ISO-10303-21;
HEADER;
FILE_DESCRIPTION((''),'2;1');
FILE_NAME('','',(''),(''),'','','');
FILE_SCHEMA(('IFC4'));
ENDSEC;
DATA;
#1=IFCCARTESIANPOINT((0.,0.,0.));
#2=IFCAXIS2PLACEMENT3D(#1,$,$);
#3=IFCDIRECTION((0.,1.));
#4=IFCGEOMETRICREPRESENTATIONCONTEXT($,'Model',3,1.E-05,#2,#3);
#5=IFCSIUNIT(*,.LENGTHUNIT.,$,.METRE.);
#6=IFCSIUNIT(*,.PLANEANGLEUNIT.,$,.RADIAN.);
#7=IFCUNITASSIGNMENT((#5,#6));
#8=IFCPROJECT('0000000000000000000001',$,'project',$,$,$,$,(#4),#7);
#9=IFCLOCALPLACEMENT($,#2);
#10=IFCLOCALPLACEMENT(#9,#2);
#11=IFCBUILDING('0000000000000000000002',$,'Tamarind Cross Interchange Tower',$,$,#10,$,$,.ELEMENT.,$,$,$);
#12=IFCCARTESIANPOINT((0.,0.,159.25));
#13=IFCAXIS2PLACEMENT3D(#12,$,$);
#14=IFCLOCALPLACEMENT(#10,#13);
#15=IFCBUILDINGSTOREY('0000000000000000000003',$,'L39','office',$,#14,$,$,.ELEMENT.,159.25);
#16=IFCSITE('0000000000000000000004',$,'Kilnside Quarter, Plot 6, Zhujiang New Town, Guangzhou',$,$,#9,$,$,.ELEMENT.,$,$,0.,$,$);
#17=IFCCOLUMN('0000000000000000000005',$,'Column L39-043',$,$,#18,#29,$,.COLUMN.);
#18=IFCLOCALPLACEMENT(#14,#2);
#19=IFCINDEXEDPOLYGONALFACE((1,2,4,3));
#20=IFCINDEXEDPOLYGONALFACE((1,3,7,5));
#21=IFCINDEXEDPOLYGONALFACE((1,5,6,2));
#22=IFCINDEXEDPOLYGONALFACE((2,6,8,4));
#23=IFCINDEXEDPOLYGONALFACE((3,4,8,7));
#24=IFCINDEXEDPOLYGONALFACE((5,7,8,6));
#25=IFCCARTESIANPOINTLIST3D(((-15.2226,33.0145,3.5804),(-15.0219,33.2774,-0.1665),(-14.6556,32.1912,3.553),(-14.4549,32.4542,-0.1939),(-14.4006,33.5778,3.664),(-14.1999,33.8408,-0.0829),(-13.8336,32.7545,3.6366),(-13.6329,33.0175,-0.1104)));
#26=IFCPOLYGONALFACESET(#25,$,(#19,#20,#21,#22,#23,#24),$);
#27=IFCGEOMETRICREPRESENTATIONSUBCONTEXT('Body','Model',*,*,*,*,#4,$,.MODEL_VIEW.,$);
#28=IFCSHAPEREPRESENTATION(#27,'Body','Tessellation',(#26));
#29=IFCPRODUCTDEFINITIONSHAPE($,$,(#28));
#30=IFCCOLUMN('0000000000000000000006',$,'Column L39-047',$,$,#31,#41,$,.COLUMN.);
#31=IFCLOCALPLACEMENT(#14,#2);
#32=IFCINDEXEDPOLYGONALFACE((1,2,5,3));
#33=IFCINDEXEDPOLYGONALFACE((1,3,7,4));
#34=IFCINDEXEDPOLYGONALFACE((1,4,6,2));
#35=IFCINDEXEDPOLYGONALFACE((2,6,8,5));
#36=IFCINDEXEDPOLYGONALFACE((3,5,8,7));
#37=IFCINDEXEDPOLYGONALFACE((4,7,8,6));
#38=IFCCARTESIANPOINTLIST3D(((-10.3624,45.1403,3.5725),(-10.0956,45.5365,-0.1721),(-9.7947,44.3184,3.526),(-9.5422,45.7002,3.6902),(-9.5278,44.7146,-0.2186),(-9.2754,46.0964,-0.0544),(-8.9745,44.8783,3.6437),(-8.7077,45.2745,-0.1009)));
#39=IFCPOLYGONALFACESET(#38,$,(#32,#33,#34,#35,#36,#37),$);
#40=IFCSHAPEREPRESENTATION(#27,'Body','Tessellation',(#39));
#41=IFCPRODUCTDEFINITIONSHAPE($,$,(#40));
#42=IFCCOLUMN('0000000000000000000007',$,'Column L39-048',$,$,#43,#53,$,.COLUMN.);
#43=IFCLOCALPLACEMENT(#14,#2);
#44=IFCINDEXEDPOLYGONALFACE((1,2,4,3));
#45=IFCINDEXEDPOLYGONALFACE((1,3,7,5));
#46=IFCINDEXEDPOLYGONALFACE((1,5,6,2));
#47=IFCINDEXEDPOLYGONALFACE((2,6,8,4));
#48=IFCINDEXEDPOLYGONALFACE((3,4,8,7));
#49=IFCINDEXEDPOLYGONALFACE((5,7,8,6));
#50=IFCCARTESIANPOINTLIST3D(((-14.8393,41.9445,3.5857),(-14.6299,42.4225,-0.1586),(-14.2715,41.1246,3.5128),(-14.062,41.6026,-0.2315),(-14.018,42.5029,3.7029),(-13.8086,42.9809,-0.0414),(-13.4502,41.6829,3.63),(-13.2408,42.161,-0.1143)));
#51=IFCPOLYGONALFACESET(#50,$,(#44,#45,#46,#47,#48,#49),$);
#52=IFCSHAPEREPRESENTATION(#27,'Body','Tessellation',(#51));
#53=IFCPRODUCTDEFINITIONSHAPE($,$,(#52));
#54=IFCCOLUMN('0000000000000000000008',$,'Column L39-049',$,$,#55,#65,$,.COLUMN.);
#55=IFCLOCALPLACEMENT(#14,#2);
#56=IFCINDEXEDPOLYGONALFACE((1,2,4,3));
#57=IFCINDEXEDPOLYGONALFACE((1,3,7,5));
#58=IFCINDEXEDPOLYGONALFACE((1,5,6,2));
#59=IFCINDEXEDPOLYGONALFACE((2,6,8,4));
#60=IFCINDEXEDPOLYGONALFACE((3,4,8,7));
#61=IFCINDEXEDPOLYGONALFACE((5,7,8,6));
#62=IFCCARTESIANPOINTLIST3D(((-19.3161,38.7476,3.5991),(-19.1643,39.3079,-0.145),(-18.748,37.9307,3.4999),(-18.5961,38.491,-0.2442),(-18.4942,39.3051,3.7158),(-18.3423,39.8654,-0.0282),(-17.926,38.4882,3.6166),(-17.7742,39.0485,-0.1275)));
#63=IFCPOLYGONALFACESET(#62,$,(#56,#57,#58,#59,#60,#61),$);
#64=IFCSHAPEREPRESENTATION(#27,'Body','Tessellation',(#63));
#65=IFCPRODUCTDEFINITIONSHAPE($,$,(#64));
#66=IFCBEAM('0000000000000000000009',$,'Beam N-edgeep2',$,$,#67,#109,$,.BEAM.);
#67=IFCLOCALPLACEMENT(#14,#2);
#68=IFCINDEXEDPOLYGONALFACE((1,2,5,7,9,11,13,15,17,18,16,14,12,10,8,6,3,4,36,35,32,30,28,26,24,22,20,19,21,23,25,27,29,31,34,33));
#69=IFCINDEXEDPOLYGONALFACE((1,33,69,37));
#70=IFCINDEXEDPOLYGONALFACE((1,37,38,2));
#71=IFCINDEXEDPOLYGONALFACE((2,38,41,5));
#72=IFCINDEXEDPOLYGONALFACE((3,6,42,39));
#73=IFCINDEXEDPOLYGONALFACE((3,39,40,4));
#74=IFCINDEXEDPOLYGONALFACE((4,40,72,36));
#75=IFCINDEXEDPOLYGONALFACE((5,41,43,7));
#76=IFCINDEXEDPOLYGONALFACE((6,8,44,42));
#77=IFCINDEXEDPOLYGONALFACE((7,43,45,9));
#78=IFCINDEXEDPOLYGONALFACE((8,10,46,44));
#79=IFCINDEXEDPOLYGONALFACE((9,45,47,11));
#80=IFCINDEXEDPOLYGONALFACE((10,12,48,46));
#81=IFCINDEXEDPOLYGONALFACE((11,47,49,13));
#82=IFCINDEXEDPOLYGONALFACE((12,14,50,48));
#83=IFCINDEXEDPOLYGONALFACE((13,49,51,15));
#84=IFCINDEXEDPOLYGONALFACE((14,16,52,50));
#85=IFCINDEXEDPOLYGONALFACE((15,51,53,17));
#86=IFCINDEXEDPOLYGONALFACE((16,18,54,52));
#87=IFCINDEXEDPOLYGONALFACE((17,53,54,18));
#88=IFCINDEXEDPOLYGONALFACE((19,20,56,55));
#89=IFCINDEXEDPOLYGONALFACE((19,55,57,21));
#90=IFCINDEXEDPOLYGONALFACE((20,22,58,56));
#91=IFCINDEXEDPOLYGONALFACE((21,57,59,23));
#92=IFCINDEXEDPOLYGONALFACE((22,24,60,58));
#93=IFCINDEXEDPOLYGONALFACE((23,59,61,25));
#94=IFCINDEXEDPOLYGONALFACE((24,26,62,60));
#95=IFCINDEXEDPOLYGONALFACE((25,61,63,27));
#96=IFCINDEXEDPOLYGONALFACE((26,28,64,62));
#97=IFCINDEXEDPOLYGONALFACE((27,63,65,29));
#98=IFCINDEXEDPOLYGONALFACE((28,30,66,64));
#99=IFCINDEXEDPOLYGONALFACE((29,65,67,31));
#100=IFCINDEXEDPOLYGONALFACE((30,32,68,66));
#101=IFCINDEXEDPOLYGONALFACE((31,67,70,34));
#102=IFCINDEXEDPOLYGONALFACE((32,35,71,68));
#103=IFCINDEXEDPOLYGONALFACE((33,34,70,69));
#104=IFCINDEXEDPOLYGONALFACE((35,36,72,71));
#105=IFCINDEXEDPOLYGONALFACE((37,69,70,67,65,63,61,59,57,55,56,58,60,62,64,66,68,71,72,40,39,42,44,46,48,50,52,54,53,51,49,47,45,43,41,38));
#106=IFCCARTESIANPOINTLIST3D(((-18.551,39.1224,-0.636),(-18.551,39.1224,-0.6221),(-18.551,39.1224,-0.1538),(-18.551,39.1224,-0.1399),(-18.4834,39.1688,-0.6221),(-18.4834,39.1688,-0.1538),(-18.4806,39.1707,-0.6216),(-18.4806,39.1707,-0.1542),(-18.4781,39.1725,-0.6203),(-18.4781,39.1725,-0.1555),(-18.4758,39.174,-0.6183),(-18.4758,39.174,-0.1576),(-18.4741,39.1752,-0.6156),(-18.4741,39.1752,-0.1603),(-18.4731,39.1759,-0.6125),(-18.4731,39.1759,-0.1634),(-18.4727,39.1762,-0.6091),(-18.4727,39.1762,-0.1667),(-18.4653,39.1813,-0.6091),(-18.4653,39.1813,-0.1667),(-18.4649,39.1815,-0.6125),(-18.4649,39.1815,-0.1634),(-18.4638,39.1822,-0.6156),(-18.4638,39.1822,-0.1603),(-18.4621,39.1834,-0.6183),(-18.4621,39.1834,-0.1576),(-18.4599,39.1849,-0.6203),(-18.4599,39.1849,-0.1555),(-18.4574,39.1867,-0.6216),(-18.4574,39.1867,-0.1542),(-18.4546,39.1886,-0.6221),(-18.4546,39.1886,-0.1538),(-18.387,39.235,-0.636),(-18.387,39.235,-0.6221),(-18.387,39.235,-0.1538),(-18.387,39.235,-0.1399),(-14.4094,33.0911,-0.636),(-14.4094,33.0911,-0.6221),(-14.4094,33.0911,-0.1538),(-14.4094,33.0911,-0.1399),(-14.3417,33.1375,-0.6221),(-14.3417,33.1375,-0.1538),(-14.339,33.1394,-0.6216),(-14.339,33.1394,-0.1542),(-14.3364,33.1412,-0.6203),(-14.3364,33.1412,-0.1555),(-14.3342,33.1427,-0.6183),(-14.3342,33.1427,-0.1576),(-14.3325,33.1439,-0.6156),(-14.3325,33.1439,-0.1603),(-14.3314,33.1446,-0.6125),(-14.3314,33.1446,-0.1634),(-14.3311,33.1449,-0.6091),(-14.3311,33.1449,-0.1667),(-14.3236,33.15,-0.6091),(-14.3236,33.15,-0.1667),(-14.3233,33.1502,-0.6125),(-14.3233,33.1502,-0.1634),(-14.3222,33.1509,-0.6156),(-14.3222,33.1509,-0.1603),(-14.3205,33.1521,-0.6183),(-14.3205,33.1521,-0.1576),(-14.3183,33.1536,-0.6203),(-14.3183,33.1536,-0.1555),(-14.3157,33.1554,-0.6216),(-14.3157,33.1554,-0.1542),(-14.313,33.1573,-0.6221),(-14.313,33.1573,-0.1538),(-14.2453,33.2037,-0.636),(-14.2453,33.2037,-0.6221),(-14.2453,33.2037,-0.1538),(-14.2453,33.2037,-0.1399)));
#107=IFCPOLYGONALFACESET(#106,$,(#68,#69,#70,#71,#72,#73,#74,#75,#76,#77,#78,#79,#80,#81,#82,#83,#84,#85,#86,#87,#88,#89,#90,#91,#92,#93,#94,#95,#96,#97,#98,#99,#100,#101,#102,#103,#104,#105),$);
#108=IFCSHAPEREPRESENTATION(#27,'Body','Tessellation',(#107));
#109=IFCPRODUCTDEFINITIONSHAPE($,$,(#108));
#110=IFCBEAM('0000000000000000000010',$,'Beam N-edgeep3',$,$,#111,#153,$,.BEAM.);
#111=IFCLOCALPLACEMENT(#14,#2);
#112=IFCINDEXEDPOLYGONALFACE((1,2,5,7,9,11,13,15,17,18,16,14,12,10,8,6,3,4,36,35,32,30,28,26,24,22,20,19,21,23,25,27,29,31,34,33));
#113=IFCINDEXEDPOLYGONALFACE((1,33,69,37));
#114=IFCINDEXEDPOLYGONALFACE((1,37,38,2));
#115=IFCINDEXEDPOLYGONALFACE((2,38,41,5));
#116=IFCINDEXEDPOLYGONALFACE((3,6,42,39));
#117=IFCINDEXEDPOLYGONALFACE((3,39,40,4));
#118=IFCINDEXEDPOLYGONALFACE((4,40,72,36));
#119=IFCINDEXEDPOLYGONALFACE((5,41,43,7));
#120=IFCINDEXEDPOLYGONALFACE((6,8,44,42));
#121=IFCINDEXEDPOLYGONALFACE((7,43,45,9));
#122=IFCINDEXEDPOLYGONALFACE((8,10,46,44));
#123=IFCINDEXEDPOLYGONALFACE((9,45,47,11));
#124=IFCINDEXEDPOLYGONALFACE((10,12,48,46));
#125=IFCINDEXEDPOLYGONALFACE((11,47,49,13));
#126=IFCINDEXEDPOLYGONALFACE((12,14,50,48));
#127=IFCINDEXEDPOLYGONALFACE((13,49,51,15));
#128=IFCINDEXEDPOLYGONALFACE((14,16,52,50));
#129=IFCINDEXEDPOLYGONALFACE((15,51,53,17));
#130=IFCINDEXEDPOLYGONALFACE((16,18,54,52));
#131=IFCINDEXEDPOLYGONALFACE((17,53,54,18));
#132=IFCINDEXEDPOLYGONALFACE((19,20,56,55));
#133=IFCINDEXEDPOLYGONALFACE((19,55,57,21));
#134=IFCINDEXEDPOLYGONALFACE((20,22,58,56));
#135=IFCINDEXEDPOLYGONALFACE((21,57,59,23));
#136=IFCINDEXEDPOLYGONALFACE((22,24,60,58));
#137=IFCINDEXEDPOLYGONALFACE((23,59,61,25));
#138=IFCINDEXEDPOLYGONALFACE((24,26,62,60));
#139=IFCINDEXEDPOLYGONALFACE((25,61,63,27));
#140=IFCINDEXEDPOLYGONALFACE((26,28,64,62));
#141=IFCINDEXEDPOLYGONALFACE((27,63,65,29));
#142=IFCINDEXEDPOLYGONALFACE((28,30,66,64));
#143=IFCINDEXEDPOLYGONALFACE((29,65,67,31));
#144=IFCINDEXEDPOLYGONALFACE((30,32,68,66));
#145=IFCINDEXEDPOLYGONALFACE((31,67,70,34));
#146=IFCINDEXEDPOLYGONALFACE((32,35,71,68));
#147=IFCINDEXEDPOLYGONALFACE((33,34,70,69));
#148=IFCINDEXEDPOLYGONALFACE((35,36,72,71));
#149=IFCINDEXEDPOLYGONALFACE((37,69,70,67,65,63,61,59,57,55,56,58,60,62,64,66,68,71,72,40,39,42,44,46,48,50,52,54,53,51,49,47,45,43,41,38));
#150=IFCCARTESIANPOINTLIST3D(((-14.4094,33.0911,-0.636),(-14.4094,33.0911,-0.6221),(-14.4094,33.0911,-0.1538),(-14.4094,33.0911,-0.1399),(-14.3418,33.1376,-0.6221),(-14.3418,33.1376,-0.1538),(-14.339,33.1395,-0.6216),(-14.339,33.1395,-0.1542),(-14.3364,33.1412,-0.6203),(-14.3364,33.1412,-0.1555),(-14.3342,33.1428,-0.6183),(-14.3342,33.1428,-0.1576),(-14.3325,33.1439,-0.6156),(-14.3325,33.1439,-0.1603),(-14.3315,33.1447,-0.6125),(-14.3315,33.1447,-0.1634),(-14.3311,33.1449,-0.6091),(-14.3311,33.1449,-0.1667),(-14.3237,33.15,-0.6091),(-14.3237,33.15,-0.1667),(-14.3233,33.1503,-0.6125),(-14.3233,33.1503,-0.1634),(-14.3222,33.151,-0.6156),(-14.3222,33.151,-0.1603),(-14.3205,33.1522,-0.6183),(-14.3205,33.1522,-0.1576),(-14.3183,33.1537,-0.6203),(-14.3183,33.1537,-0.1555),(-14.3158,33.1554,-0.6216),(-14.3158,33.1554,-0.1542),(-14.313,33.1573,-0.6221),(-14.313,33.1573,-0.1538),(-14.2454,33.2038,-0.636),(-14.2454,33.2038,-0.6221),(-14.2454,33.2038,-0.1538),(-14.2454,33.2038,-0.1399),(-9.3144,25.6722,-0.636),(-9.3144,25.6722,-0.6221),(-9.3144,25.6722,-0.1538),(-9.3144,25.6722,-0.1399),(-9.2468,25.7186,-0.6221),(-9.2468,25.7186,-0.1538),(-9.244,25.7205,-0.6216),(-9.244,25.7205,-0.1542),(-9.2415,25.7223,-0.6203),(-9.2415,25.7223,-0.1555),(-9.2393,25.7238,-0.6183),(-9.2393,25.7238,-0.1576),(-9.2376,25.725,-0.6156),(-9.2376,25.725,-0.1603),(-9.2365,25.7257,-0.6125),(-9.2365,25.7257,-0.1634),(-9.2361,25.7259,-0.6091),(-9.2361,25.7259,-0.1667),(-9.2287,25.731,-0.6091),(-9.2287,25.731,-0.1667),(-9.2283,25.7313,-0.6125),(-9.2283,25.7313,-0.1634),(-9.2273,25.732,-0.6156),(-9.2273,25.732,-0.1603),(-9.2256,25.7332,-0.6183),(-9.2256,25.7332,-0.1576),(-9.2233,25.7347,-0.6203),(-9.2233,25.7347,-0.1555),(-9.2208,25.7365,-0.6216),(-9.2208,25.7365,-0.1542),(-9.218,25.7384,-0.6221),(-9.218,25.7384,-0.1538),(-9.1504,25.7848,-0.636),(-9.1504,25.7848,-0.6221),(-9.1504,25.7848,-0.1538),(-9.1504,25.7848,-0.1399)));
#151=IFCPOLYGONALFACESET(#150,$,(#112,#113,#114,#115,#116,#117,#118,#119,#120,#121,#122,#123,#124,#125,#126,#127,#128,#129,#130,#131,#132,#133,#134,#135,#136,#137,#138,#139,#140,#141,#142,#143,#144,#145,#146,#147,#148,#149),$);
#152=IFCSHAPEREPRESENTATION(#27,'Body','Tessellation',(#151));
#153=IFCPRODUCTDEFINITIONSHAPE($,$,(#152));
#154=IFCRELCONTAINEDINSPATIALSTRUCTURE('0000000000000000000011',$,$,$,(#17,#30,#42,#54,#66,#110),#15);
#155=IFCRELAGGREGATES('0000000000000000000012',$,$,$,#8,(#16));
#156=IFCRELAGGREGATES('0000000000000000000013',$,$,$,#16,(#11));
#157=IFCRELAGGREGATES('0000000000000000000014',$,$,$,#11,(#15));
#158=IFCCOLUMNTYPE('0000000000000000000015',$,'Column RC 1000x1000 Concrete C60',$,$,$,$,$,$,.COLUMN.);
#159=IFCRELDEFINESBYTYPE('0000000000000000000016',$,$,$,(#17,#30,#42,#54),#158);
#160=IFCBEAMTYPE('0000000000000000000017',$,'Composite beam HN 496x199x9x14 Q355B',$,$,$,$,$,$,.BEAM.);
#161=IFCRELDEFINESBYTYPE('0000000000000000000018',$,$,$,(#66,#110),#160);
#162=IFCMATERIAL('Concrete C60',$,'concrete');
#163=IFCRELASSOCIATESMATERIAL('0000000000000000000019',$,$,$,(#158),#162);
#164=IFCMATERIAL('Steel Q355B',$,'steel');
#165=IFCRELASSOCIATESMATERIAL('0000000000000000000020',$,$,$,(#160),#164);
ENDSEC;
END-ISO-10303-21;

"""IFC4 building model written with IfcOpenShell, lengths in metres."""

from ifc_helpers import new_model, si_unit, direction, frame, origin, origin_2d, place, context, subcontext, project, spatial, rectangle, i_section, extrude, material, material_profile, profile_set, type_object, element, save


model = new_model("IFC4")

# Units and contexts
model_context = context("Model", 3, precision=1e-05, world=origin(), true_north=direction((0.0, 1.0)))
body_context = subcontext(model_context, "Body", "Model", "MODEL_VIEW")
ifc_project = project(units=[si_unit("LENGTHUNIT", "METRE"), si_unit("PLANEANGLEUNIT", "RADIAN")], contexts=[model_context])

# Site, building, storey
site_placement = place(None, origin())
site = spatial("IfcSite", under=ifc_project, at=site_placement, Name="Kilnside Quarter, Plot 6, Zhujiang New Town, Guangzhou", CompositionType="ELEMENT", RefElevation=0.0)
building_placement = place(site_placement, origin())
building = spatial("IfcBuilding", under=site, at=building_placement, Name="Tamarind Cross Interchange Tower", CompositionType="ELEMENT")
storey_placement = place(building_placement, frame((0.0, 0.0, 159.25)))
storey = spatial("IfcBuildingStorey", under=building, at=storey_placement, Name="L39", Description="office", CompositionType="ELEMENT", Elevation=159.25)

# Columns
ifc_material_1 = material(Name="Concrete C60", Category="concrete")
ifc_material_profile_1 = material_profile(ifc_material_1, rectangle(XDim=1.0, YDim=1.0, at=origin_2d()), Name="RC 1000x1000")
ifc_profile_set_1 = profile_set([ifc_material_profile_1], Name="Concrete C60")
column_type = type_object("IfcColumnType", Name="Column RC 1000x1000 Concrete C60", PredefinedType="COLUMN", material=ifc_profile_set_1)
column_1_placement = place(storey_placement, frame((-14.3274, 33.1475, -0.1384), z_axis=(-0.053353, -0.069905, 0.996126), x_axis=(0.822, 0.563324, 0.083559)))
element("IfcColumn", 1, at=column_1_placement, inside=storey, type_object=column_type, Name="Column L39-043", PredefinedType="COLUMN", context=body_context, shape_type="SweptSolid", body=[
    extrude(rectangle(XDim=1.0, YDim=1.0, at=origin_2d()), origin(), (0.0, 0.0, 1.0), 3.7615),
])
column_2_placement = place(storey_placement, frame((-9.4016, 45.4055, -0.1365), z_axis=(-0.070688, -0.104965, 0.99196), x_axis=(0.820182, 0.559867, 0.11769)))
element("IfcColumn", 2, at=column_2_placement, inside=storey, type_object=column_type, Name="Column L39-047", PredefinedType="COLUMN", context=body_context, shape_type="SweptSolid", body=[
    extrude(rectangle(XDim=1.0, YDim=1.0, at=origin_2d()), origin(), (0.0, 0.0, 1.0), 3.7749),
])
column_3_placement = place(storey_placement, frame((-13.9353, 42.2917, -0.1365), z_axis=(-0.055408, -0.126443, 0.990425), x_axis=(0.821292, 0.558334, 0.117225)))
element("IfcColumn", 3, at=column_3_placement, inside=storey, type_object=column_type, Name="Column L39-048", PredefinedType="COLUMN", context=body_context, shape_type="SweptSolid", body=[
    extrude(rectangle(XDim=1.0, YDim=1.0, at=origin_2d()), origin(), (0.0, 0.0, 1.0), 3.7805),
])
column_4_placement = place(storey_placement, frame((-18.4692, 39.1782, -0.1362), z_axis=(-0.040079, -0.147881, 0.988193), x_axis=(0.82194, 0.557478, 0.116762)))
element("IfcColumn", 4, at=column_4_placement, inside=storey, type_object=column_type, Name="Column L39-049", PredefinedType="COLUMN", context=body_context, shape_type="SweptSolid", body=[
    extrude(rectangle(XDim=1.0, YDim=1.0, at=origin_2d()), origin(), (0.0, 0.0, 1.0), 3.7888),
])

# Beams
ifc_material_2 = material(Name="Steel Q355B", Category="steel")
ifc_material_profile_2 = material_profile(ifc_material_2, i_section(OverallWidth=0.199, OverallDepth=0.4961, WebThickness=0.009, FlangeThickness=0.0139, FilletRadius=0.0129, at=origin_2d()), Name="HN 496x199x9x14")
ifc_profile_set_2 = profile_set([ifc_material_profile_2], Name="Steel Q355B")
beam_type_1 = type_object("IfcBeamType", Name="Composite beam HN 496x199x9x14 Q355B", PredefinedType="BEAM", material=ifc_profile_set_2)
beam_1_placement = place(storey_placement, frame((-18.469, 39.1787, -0.3879), z_axis=(0.566076, -0.824353, 0.0), x_axis=(0.824353, 0.566076, 0.0)))
element("IfcBeam", 5, at=beam_1_placement, inside=storey, type_object=beam_type_1, Name="Beam N-edgeep2", PredefinedType="BEAM", context=body_context, shape_type="SweptSolid", body=[
    extrude(i_section(OverallWidth=0.199, OverallDepth=0.4961, WebThickness=0.009, FlangeThickness=0.0139, FilletRadius=0.0129, at=origin_2d()), origin(), (0.0, 0.0, 1.0), 7.3164),
])
beam_2_placement = place(storey_placement, frame((-14.3274, 33.1475, -0.3879), z_axis=(0.56611, -0.82433, 0.0), x_axis=(0.82433, 0.56611, 0.0)))
element("IfcBeam", 6, at=beam_2_placement, inside=storey, type_object=beam_type_1, Name="Beam N-edgeep3", PredefinedType="BEAM", context=body_context, shape_type="SweptSolid", body=[
    extrude(i_section(OverallWidth=0.199, OverallDepth=0.4961, WebThickness=0.009, FlangeThickness=0.0139, FilletRadius=0.0129, at=origin_2d()), origin(), (0.0, 0.0, 1.0), 9.0),
])

save(model, "model.ifc")
